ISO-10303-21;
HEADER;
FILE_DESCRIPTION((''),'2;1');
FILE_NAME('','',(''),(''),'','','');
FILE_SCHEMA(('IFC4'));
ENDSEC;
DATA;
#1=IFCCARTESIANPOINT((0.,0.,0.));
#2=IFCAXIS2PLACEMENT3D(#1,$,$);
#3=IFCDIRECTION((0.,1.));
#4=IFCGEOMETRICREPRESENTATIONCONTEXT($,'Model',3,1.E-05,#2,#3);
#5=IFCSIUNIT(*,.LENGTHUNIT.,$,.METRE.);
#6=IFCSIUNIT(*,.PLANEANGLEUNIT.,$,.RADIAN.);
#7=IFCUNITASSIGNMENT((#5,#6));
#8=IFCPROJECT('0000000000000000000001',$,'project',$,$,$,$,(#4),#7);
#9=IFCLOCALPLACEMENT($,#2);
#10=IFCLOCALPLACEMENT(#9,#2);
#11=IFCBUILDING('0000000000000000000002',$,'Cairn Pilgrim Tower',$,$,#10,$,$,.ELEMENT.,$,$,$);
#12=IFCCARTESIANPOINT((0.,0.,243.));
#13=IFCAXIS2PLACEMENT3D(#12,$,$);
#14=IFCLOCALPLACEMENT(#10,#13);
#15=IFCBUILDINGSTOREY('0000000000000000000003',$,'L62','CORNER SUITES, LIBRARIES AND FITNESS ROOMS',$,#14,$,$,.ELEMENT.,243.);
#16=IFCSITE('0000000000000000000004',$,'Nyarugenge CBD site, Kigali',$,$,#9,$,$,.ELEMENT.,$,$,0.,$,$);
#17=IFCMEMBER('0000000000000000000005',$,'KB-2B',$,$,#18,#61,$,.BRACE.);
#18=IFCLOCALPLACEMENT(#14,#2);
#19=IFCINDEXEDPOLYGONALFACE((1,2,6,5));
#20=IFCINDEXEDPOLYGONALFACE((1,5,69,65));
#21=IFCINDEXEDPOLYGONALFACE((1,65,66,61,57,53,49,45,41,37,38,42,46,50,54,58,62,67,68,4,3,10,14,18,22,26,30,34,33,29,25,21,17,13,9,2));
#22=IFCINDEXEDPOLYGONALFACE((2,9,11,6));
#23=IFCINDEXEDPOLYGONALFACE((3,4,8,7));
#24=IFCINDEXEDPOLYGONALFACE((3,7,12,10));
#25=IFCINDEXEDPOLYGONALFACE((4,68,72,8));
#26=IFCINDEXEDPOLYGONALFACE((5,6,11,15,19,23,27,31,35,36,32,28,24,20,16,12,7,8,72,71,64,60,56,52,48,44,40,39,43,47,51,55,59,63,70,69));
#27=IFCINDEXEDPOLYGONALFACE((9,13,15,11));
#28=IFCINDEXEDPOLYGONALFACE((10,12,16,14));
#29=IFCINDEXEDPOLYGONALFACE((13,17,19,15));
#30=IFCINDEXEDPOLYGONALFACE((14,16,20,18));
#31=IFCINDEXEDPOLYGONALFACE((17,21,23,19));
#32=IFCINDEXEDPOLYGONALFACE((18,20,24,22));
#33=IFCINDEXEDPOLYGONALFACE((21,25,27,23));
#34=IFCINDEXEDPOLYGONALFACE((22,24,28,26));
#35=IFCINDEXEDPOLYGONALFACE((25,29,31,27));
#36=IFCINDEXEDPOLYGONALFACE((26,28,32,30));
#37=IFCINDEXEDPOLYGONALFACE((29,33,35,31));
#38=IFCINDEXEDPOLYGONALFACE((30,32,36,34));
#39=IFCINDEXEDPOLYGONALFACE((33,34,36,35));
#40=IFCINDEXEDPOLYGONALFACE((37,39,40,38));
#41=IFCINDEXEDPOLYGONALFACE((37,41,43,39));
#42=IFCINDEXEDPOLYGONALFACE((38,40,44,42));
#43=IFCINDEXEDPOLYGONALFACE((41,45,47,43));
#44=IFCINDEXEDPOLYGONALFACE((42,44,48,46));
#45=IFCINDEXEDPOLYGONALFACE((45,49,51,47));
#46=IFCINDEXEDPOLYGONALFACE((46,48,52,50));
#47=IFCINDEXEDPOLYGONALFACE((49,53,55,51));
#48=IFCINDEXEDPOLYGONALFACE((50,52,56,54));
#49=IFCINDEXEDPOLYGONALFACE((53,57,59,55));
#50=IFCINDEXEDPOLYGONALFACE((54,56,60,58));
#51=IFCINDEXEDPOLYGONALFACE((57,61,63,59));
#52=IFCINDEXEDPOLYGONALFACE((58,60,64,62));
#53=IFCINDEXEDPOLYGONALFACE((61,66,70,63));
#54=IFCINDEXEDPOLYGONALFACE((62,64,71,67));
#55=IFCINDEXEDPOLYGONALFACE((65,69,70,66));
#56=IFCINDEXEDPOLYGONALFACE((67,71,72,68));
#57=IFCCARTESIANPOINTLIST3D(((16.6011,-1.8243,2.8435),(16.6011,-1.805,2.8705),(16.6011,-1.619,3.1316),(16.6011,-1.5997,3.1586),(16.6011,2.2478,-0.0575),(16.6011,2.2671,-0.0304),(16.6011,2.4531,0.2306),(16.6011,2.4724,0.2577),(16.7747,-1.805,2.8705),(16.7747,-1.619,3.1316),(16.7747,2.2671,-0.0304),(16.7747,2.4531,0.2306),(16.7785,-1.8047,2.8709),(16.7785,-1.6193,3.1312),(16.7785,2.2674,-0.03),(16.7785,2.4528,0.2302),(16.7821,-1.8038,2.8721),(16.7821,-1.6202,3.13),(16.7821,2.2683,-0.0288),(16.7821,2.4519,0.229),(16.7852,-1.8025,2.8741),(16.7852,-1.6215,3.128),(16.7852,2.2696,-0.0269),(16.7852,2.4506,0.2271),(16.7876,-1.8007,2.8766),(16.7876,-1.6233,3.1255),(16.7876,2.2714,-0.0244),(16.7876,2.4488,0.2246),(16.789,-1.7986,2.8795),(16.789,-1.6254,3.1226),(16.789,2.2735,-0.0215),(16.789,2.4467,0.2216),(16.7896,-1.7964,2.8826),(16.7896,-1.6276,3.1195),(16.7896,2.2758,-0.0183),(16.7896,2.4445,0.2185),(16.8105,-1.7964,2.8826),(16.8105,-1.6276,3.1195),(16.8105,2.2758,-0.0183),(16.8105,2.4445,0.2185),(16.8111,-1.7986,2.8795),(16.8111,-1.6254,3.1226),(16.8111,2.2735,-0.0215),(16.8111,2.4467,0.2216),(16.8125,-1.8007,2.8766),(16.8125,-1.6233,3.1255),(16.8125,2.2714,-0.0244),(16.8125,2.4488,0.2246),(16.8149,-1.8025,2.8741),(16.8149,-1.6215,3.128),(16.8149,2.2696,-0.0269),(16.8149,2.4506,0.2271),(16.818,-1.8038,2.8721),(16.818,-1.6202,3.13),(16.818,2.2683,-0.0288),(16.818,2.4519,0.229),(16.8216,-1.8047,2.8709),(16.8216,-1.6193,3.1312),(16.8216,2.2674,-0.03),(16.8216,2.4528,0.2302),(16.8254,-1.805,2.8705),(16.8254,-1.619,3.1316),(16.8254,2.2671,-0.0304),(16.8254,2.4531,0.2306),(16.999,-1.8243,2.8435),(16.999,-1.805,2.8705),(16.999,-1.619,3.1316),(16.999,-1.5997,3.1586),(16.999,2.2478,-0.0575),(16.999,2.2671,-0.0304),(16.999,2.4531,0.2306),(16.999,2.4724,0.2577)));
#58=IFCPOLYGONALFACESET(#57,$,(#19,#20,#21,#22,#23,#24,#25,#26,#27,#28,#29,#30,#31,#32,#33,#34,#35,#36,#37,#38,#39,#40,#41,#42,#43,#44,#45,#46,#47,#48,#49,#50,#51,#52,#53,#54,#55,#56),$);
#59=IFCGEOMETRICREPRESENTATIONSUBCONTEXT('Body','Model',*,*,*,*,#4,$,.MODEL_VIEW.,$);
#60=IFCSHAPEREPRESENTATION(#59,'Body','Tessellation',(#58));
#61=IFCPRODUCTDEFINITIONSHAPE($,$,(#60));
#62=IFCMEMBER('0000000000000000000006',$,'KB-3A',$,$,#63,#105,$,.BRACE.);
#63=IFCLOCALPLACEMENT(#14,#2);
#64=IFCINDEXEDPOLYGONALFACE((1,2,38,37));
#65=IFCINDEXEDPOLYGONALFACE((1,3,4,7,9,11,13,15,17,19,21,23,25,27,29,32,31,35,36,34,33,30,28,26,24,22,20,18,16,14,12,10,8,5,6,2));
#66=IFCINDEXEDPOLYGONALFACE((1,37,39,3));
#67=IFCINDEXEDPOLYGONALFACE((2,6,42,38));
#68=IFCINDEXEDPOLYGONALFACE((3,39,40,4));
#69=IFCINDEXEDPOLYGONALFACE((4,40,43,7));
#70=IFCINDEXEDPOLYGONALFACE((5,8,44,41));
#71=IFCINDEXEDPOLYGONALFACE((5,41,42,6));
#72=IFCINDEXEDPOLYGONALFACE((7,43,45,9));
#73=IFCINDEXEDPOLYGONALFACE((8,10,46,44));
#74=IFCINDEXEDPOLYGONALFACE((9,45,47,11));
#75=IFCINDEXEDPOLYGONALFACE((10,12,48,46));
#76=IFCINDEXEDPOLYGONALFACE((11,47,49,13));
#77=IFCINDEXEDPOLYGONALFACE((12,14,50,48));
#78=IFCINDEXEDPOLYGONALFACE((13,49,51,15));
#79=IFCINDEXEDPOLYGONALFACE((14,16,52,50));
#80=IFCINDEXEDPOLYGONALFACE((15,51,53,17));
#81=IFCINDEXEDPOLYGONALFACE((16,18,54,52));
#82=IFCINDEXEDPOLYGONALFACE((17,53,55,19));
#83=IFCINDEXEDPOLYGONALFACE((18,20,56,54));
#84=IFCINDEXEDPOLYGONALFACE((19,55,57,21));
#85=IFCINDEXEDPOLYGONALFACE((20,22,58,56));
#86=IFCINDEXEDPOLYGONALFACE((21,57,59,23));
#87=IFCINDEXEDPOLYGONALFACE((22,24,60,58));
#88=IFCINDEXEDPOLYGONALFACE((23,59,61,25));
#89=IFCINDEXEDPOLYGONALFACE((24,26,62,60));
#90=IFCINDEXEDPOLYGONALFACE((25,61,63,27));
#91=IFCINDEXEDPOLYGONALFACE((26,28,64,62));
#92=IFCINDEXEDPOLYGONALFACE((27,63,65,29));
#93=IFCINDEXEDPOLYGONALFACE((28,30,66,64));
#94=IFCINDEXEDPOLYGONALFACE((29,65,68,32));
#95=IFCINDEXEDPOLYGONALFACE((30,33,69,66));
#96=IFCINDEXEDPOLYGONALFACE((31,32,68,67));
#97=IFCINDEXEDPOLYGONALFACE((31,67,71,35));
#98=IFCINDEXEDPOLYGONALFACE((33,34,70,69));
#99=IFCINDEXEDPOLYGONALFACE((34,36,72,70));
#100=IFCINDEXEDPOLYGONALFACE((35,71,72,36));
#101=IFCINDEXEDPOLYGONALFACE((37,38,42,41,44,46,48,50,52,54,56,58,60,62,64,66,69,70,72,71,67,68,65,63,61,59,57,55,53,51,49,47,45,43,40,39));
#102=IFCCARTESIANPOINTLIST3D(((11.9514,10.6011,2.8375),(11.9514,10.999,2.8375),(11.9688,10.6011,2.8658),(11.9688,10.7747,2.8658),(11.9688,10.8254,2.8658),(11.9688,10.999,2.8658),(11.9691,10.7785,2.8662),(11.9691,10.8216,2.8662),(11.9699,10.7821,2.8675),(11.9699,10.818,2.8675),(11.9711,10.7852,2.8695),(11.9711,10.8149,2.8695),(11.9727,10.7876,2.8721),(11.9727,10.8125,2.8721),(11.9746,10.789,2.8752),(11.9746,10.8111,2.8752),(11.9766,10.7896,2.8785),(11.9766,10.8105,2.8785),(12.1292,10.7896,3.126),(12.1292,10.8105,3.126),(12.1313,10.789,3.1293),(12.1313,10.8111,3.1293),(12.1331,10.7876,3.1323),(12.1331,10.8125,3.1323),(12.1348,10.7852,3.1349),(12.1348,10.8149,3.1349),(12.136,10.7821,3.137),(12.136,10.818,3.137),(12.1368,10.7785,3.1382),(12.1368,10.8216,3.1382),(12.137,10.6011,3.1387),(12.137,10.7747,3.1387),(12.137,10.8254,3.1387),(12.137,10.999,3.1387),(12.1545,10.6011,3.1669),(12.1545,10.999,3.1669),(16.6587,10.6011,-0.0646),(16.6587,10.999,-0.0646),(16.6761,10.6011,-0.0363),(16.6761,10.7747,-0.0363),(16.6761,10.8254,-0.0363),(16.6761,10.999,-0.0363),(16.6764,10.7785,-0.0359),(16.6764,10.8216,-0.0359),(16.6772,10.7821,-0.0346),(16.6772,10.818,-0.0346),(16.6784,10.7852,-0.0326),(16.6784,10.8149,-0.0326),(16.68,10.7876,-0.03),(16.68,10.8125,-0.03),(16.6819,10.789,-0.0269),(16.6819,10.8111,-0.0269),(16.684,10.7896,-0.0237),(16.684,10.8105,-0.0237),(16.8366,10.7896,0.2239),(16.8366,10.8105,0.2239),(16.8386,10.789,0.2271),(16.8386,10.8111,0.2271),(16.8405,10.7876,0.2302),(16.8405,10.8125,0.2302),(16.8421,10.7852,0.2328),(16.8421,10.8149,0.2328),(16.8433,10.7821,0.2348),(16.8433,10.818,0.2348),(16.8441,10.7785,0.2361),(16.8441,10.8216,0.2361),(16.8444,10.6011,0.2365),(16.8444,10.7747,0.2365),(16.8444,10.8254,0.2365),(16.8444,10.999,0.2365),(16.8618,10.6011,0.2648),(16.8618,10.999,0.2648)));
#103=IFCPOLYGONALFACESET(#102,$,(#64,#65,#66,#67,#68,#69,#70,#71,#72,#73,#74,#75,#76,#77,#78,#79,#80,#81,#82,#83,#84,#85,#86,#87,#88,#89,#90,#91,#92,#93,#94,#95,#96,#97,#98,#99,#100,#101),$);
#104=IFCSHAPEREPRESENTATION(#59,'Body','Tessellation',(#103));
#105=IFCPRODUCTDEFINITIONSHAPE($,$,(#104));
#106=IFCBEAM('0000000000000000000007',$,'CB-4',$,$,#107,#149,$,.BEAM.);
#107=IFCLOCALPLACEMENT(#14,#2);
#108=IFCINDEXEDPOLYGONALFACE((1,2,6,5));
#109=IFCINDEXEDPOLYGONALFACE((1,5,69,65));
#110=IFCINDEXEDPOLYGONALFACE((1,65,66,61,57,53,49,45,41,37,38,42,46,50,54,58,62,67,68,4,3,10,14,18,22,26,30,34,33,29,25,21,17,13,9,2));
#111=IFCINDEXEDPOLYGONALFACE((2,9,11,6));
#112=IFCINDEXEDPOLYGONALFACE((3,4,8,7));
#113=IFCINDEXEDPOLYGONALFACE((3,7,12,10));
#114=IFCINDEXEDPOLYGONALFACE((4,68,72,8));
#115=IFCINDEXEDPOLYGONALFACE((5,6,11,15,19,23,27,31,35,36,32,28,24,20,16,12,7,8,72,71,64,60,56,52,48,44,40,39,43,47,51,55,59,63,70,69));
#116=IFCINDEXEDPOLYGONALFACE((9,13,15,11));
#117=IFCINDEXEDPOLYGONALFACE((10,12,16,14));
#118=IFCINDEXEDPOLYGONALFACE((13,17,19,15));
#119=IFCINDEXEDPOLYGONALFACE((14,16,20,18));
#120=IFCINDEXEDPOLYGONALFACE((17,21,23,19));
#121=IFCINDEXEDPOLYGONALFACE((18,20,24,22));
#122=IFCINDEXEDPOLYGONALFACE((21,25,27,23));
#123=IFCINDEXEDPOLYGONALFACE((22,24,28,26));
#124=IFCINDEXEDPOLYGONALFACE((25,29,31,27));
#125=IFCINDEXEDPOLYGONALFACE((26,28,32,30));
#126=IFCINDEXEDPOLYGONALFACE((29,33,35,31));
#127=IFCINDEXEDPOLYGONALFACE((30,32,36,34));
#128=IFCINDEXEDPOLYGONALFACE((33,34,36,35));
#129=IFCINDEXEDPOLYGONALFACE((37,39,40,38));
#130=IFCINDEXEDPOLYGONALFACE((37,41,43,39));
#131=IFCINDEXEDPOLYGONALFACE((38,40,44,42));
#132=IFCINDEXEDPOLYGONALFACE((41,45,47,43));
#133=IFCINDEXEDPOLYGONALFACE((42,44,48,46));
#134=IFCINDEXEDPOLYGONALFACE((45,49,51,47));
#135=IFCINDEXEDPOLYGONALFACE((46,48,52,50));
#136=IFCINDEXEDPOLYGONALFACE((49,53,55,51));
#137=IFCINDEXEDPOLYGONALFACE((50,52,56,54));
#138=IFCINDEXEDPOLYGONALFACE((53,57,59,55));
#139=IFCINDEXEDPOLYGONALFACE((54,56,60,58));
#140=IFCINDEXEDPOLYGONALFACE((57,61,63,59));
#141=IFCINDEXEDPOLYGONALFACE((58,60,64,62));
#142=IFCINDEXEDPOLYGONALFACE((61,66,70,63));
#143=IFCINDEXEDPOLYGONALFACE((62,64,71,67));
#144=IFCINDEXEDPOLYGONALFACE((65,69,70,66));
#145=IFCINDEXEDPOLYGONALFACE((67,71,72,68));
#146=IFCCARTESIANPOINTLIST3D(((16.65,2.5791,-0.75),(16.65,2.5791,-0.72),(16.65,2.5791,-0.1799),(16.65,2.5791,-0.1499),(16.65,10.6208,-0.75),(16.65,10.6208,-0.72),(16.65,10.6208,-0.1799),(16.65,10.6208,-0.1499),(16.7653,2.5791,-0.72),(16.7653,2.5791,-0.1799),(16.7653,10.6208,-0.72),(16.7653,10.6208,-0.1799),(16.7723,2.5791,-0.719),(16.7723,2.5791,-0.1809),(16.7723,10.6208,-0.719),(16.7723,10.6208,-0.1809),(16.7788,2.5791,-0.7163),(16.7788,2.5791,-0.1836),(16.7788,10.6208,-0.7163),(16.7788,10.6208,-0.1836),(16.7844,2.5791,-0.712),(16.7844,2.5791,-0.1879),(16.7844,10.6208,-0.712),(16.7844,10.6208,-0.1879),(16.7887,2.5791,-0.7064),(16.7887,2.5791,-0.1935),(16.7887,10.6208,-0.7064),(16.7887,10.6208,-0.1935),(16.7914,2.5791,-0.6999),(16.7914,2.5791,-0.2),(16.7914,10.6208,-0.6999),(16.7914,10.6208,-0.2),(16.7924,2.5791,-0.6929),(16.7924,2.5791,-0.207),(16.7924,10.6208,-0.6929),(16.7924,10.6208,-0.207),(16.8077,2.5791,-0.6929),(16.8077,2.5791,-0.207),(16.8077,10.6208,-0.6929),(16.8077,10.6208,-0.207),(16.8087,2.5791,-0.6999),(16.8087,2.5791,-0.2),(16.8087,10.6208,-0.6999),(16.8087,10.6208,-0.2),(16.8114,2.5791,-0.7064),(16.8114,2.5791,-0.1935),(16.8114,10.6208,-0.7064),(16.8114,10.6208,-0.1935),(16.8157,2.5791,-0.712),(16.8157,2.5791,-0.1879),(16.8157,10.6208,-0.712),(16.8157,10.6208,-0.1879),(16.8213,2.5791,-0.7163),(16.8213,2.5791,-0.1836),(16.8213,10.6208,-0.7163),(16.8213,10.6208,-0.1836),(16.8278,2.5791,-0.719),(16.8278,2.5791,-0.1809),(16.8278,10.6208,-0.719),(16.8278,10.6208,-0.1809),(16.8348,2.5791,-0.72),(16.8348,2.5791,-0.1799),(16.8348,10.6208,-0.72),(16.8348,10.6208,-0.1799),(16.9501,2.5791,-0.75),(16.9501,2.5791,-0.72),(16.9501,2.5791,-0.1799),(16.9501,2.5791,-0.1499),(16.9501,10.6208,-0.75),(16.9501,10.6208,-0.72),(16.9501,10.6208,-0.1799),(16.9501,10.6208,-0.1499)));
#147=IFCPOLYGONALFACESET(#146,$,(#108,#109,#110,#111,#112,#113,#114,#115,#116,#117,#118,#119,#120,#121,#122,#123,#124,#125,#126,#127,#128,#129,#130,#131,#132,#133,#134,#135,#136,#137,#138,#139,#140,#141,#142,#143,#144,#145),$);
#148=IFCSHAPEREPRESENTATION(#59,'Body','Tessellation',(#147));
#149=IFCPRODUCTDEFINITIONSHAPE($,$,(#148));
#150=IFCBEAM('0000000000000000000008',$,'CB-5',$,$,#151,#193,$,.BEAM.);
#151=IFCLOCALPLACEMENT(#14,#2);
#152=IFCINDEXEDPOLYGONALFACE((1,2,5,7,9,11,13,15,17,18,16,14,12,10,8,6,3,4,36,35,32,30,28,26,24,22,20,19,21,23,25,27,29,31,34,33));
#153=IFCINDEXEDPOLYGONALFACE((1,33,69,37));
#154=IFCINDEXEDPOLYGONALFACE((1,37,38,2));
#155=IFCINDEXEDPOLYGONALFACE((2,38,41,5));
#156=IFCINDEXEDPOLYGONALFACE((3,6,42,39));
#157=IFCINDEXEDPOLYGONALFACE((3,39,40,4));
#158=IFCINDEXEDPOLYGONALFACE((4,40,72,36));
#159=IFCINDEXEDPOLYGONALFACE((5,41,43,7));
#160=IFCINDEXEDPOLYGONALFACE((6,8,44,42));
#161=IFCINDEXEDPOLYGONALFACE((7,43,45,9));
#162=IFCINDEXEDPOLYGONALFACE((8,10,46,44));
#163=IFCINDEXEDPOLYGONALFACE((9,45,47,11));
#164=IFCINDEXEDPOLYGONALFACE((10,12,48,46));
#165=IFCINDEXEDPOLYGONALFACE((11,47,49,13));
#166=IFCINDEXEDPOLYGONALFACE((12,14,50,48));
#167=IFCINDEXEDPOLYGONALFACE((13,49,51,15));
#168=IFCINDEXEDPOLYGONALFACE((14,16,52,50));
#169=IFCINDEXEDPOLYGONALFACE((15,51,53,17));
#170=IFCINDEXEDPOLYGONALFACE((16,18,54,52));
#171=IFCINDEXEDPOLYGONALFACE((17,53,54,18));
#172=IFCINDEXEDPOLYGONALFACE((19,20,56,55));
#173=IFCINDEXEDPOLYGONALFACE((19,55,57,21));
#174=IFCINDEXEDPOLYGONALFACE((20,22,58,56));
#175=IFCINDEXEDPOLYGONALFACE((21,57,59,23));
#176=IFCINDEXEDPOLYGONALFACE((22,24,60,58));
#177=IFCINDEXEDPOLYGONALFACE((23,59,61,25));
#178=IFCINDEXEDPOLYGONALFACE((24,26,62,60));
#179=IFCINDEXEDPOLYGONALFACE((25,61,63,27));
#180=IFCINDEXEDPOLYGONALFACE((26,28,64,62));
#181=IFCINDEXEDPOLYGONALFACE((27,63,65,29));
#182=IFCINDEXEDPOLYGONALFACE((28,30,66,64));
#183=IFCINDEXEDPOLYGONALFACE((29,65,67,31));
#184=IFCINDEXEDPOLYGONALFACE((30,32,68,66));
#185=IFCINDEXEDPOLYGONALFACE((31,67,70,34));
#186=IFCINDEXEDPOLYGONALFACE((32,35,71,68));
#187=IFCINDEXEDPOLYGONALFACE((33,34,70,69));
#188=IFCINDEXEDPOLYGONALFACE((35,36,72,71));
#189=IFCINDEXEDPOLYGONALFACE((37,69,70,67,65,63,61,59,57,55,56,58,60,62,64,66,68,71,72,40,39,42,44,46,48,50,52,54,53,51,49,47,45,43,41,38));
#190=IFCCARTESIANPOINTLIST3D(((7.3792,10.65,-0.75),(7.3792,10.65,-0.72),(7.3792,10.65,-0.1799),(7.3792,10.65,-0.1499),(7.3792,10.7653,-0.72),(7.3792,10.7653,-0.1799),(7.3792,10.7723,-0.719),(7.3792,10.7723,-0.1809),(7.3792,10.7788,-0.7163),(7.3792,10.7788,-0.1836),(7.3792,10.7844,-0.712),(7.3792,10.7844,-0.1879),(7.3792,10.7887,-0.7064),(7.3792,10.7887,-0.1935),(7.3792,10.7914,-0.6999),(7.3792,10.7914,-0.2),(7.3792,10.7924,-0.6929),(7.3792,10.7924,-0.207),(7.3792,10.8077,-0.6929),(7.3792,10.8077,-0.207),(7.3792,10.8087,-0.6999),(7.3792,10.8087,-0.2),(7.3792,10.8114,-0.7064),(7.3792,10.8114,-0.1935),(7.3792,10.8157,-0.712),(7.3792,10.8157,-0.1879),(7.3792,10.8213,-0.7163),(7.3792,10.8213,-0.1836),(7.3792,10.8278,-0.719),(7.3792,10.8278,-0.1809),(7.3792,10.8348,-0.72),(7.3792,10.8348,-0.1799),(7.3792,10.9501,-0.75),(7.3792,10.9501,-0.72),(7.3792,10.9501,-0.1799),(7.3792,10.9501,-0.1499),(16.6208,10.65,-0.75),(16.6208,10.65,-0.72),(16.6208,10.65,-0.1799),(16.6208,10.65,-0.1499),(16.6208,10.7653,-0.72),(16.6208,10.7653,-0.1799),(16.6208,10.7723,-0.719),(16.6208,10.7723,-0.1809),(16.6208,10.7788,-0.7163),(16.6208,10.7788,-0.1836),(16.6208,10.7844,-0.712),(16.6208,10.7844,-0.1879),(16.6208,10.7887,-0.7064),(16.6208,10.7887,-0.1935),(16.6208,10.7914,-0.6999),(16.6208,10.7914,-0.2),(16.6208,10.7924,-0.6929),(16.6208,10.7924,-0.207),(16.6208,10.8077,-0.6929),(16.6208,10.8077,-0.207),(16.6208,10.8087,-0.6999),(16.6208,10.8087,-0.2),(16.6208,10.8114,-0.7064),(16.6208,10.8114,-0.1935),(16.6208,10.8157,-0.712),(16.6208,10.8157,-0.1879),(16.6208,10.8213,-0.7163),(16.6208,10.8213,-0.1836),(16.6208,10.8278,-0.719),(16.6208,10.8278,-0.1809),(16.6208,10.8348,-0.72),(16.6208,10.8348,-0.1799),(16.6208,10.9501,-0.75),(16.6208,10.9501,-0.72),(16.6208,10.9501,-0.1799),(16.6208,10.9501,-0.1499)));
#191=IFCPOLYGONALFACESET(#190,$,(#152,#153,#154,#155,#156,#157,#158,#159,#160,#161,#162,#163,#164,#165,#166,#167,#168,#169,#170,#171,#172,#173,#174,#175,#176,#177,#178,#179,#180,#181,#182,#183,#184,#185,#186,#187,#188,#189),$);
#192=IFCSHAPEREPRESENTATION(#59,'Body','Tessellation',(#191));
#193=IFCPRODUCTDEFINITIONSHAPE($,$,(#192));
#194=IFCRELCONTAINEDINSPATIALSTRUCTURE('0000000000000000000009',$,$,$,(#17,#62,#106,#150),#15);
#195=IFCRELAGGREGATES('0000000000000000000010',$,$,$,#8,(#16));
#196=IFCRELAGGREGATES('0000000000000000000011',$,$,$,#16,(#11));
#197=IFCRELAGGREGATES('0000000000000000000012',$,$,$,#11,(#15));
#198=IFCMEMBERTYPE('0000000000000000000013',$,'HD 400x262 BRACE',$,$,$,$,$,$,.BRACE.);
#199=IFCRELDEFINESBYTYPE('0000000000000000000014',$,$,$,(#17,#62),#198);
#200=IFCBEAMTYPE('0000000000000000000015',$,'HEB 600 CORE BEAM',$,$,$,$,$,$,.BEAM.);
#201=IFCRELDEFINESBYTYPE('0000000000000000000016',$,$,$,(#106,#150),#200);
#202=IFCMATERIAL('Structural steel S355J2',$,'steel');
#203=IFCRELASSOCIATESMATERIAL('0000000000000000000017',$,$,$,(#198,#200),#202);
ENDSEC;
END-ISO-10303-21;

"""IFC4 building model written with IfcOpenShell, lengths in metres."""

from ifc_helpers import new_model, si_unit, direction, frame, origin, origin_2d, place, context, subcontext, project, spatial, i_section, extrude, material, material_profile, profile_set, type_object, element, save


model = new_model("IFC4")

# Units and contexts
model_context = context("Model", 3, precision=1e-05, world=origin(), true_north=direction((0.0, 1.0)))
body_context = subcontext(model_context, "Body", "Model", "MODEL_VIEW")
ifc_project = project(units=[si_unit("LENGTHUNIT", "METRE"), si_unit("PLANEANGLEUNIT", "RADIAN")], contexts=[model_context])

# Site, building, storey
site_placement = place(None, origin())
site = spatial("IfcSite", under=ifc_project, at=site_placement, Name="Nyarugenge CBD site, Kigali", CompositionType="ELEMENT", RefElevation=0.0)
building_placement = place(site_placement, origin())
building = spatial("IfcBuilding", under=site, at=building_placement, Name="Cairn Pilgrim Tower", CompositionType="ELEMENT")
storey_placement = place(building_placement, frame((0.0, 0.0, 243.0)))
storey = spatial("IfcBuildingStorey", under=building, at=storey_placement, Name="L62", Description="CORNER SUITES, LIBRARIES AND FITNESS ROOMS", CompositionType="ELEMENT", Elevation=243.0)

# Shared definitions
ifc_material_1 = material(Name="Structural steel S355J2", Category="steel")

# Members
ifc_material_profile_1 = material_profile(ifc_material_1, i_section(OverallWidth=0.3979, OverallDepth=0.387, WebThickness=0.021, FlangeThickness=0.0332, FilletRadius=0.0149, at=origin_2d()), Name="HD 400x262")
ifc_profile_set_1 = profile_set([ifc_material_profile_1], Name="Structural steel S355J2")
member_type = type_object("IfcMemberType", Name="HD 400x262 BRACE", PredefinedType="BRACE", material=ifc_profile_set_1)
member_1_placement = place(storey_placement, frame((16.8, 2.3601, 0.1001), z_axis=(0.0, -0.814462, 0.580217), x_axis=(1.0, 0.0, 0.0)))
element("IfcMember", 1, at=member_1_placement, inside=storey, type_object=member_type, Name="KB-2B", PredefinedType="BRACE", context=body_context, shape_type="SweptSolid", body=[
    extrude(i_section(OverallWidth=0.3979, OverallDepth=0.387, WebThickness=0.021, FlangeThickness=0.0332, FilletRadius=0.0149, at=origin_2d()), origin(), (0.0, 0.0, 1.0), 4.9998),
])
member_2_placement = place(storey_placement, frame((16.7603, 10.8, 0.1001), z_axis=(-0.851229, 0.0, 0.524794), x_axis=(0.0, -1.0, 0.0)))
element("IfcMember", 2, at=member_2_placement, inside=storey, type_object=member_type, Name="KB-3A", PredefinedType="BRACE", context=body_context, shape_type="SweptSolid", body=[
    extrude(i_section(OverallWidth=0.3979, OverallDepth=0.387, WebThickness=0.021, FlangeThickness=0.0332, FilletRadius=0.0149, at=origin_2d()), origin(), (0.0, 0.0, 1.0), 5.53),
])

# Beams
ifc_material_profile_2 = material_profile(ifc_material_1, i_section(OverallWidth=0.3, OverallDepth=0.6001, WebThickness=0.0154, FlangeThickness=0.03, FilletRadius=0.0271, at=origin_2d()), Name="HEB 600")
ifc_profile_set_2 = profile_set([ifc_material_profile_2], Name="Structural steel S355J2")
beam_type_1 = type_object("IfcBeamType", Name="HEB 600 CORE BEAM", PredefinedType="BEAM", material=ifc_profile_set_2)
beam_1_placement = place(storey_placement, frame((16.8, 2.5791, -0.45), z_axis=(0.0, 1.0, 0.0), x_axis=(-1.0, 0.0, 0.0)))
element("IfcBeam", 3, at=beam_1_placement, inside=storey, type_object=beam_type_1, Name="CB-4", PredefinedType="BEAM", context=body_context, shape_type="SweptSolid", body=[
    extrude(i_section(OverallWidth=0.3, OverallDepth=0.6001, WebThickness=0.0154, FlangeThickness=0.03, FilletRadius=0.0271, at=origin_2d()), origin(), (0.0, 0.0, 1.0), 8.0417),
])
beam_2_placement = place(storey_placement, frame((16.6208, 10.8, -0.45), z_axis=(-1.0, 0.0, 0.0), x_axis=(0.0, -1.0, 0.0)))
element("IfcBeam", 4, at=beam_2_placement, inside=storey, type_object=beam_type_1, Name="CB-5", PredefinedType="BEAM", context=body_context, shape_type="SweptSolid", body=[
    extrude(i_section(OverallWidth=0.3, OverallDepth=0.6001, WebThickness=0.0154, FlangeThickness=0.03, FilletRadius=0.0271, at=origin_2d()), origin(), (0.0, 0.0, 1.0), 9.2417),
])

save(model, "model.ifc")
